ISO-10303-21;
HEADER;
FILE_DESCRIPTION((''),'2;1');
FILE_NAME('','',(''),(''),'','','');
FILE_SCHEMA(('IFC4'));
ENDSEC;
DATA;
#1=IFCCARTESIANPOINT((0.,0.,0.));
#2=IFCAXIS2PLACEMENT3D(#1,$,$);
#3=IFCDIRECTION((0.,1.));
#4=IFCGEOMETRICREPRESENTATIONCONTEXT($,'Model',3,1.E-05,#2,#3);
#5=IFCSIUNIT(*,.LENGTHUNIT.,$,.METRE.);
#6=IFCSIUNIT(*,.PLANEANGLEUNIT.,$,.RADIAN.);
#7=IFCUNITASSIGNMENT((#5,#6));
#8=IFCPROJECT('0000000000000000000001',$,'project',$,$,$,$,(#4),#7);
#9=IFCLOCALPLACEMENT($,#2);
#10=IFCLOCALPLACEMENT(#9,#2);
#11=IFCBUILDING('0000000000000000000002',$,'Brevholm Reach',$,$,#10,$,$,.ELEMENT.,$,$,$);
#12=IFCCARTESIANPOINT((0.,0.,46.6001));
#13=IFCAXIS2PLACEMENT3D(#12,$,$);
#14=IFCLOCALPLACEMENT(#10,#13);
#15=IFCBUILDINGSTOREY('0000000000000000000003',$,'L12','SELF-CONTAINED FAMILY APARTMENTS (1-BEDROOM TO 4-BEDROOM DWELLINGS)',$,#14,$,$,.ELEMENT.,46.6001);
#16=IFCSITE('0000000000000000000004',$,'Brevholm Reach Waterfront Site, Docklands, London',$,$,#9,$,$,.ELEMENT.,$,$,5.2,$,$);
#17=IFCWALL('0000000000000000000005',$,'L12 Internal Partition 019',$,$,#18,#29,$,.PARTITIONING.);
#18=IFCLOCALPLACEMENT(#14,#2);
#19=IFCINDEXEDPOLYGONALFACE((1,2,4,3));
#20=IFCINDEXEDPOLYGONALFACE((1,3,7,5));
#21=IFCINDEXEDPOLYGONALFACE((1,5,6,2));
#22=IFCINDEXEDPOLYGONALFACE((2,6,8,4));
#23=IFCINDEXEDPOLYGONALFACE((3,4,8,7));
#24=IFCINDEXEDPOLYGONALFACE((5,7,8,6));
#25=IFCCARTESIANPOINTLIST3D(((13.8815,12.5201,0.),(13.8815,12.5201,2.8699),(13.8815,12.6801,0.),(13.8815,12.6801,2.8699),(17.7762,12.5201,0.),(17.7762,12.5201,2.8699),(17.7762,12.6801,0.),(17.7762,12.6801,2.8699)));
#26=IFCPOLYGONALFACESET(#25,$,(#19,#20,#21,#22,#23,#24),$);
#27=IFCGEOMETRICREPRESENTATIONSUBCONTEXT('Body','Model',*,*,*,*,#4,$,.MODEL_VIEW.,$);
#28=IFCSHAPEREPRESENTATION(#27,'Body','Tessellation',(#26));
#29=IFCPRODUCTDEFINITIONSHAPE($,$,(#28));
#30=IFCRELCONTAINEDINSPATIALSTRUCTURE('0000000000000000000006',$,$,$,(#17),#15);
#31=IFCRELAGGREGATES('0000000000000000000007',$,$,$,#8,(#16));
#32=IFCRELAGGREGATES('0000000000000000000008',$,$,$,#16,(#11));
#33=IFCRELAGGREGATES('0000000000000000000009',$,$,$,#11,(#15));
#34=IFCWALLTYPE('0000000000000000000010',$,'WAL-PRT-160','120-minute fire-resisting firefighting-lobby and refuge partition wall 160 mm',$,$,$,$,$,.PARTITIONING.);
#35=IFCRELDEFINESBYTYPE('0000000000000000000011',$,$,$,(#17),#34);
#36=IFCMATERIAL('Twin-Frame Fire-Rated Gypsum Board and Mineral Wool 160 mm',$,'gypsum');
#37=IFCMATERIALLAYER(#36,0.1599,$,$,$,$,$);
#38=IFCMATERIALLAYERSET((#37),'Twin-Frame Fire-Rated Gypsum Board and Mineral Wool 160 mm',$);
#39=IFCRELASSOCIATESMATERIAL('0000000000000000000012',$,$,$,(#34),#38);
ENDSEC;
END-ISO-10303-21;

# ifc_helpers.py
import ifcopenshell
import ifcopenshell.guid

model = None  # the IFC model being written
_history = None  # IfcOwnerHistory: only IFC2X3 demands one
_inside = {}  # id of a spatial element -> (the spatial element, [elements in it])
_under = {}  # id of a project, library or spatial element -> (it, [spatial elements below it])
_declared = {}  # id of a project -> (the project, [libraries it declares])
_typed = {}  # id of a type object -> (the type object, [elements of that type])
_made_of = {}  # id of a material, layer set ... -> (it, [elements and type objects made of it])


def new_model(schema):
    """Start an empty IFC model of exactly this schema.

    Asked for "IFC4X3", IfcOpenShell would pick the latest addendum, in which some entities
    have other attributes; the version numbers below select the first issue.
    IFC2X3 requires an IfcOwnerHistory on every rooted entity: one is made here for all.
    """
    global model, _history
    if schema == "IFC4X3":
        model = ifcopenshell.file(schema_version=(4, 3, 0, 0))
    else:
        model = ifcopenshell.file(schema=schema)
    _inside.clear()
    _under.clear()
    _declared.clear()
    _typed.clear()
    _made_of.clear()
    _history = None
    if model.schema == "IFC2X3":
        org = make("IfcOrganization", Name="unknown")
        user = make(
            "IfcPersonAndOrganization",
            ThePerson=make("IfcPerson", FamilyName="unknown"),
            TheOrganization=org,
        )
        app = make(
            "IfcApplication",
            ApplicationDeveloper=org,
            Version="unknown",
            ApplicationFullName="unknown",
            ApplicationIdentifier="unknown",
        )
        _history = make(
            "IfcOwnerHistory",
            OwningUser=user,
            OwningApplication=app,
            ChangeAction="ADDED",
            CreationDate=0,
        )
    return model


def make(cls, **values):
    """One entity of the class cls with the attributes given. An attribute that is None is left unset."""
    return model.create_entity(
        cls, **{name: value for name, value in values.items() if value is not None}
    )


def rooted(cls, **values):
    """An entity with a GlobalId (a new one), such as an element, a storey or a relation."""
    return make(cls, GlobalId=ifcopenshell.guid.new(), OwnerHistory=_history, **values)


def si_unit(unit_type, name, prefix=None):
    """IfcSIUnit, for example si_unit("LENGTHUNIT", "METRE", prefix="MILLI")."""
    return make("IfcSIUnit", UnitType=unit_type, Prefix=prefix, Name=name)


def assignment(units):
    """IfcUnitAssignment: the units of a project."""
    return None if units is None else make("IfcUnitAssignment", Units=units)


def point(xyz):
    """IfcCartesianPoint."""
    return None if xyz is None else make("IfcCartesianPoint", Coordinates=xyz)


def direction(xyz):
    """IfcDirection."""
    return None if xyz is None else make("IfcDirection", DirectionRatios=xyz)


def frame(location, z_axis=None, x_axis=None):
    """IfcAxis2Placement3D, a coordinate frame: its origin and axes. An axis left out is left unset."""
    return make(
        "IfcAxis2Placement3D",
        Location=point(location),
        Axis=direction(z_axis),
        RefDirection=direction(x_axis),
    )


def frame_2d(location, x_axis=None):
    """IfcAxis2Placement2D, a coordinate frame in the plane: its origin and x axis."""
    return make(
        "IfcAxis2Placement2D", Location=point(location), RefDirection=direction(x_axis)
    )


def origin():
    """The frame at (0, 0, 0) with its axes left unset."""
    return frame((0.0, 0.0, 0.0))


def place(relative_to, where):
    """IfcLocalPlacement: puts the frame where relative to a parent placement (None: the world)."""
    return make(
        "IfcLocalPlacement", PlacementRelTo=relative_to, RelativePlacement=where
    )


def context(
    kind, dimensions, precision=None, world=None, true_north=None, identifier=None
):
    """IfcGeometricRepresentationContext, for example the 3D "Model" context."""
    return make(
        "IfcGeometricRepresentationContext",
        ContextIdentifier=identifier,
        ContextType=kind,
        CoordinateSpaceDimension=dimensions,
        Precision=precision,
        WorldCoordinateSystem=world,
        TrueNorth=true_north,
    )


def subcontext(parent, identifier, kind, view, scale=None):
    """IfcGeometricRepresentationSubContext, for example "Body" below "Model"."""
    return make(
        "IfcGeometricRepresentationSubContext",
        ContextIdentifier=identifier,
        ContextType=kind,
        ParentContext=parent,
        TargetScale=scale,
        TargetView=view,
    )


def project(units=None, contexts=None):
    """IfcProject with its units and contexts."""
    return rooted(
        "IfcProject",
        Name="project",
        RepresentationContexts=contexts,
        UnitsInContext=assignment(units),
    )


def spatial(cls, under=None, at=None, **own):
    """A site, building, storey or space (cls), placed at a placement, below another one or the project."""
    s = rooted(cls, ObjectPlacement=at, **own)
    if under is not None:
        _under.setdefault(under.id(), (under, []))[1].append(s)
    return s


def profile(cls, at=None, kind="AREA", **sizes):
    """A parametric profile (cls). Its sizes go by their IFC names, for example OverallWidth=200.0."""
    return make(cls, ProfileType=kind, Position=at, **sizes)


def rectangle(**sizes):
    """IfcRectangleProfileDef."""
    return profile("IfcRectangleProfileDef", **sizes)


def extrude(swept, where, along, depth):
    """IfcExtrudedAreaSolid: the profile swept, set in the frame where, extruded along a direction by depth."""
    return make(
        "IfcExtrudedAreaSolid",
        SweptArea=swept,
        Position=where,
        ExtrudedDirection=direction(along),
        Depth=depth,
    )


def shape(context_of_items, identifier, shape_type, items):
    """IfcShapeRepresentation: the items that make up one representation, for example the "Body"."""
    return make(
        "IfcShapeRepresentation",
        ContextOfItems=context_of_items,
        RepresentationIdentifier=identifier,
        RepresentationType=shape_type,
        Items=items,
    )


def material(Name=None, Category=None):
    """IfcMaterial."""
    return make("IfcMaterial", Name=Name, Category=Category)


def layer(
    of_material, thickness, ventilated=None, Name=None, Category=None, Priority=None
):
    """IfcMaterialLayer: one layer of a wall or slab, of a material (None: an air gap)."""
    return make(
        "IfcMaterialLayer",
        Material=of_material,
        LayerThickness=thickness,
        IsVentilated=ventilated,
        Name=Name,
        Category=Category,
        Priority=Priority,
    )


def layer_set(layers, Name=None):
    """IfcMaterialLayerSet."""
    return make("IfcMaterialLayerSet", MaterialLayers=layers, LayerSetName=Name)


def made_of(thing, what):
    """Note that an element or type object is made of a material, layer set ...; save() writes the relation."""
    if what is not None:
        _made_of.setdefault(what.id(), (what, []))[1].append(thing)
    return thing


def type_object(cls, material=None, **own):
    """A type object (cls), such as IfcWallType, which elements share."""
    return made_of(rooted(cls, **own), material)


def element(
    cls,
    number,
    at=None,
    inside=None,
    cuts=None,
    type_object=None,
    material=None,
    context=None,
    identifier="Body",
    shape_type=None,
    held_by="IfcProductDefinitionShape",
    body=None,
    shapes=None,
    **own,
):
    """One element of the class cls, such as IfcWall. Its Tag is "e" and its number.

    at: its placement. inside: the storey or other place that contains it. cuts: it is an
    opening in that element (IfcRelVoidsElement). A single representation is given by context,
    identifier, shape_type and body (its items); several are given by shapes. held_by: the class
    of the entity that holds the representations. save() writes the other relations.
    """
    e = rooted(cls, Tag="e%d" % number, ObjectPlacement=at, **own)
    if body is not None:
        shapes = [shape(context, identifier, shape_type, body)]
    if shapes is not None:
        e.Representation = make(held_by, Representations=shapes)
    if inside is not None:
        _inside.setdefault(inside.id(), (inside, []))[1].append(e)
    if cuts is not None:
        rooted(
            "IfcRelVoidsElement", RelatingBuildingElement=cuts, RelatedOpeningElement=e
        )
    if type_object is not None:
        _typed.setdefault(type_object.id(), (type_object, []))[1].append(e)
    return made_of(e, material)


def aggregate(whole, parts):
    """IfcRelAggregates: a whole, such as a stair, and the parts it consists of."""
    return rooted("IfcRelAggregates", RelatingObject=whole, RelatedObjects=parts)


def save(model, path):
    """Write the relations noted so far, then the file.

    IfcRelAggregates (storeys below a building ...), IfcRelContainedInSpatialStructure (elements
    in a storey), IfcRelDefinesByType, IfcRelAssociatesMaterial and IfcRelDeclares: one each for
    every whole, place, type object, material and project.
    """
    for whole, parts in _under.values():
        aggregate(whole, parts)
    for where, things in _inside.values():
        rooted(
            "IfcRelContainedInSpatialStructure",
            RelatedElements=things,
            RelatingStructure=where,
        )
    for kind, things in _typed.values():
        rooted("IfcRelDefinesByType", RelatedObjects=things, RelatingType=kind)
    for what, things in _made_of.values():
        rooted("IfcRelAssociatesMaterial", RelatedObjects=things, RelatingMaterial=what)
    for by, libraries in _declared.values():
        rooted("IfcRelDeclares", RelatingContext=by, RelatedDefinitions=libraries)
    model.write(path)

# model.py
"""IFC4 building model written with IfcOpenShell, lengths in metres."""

from ifc_helpers import new_model, si_unit, direction, frame, frame_2d, origin, place, context, subcontext, project, spatial, rectangle, extrude, material, layer, layer_set, type_object, element, save


model = new_model("IFC4")

# Units and contexts
model_context = context("Model", 3, precision=1e-05, world=origin(), true_north=direction((0.0, 1.0)))
body_context = subcontext(model_context, "Body", "Model", "MODEL_VIEW")
ifc_project = project(units=[si_unit("LENGTHUNIT", "METRE"), si_unit("PLANEANGLEUNIT", "RADIAN")], contexts=[model_context])

# Site, building, storey
site_placement = place(None, origin())
site = spatial("IfcSite", under=ifc_project, at=site_placement, Name="Brevholm Reach Waterfront Site, Docklands, London", CompositionType="ELEMENT", RefElevation=5.2)
building_placement = place(site_placement, origin())
building = spatial("IfcBuilding", under=site, at=building_placement, Name="Brevholm Reach", CompositionType="ELEMENT")
storey_placement = place(building_placement, frame((0.0, 0.0, 46.6001)))
storey = spatial("IfcBuildingStorey", under=building, at=storey_placement, Name="L12", Description="SELF-CONTAINED FAMILY APARTMENTS (1-BEDROOM TO 4-BEDROOM DWELLINGS)", CompositionType="ELEMENT", Elevation=46.6001)

# Shared definitions
ifc_material_1 = material(Name="Twin-Frame Fire-Rated Gypsum Board and Mineral Wool 160 mm", Category="gypsum")
ifc_layer_1 = layer(ifc_material_1, 0.1599)
ifc_layer_set_1 = layer_set([ifc_layer_1], Name="Twin-Frame Fire-Rated Gypsum Board and Mineral Wool 160 mm")
wall_type_1 = type_object("IfcWallType", Name="WAL-PRT-160", Description="120-minute fire-resisting firefighting-lobby and refuge partition wall 160 mm", PredefinedType="PARTITIONING", material=ifc_layer_set_1)

# Wall
wall_1_placement = place(storey_placement, frame((13.8816, 12.6001, 0.0), z_axis=(0.0, 0.0, 1.0), x_axis=(1.0, 0.0, 0.0)))
element("IfcWall", 1, at=wall_1_placement, inside=storey, type_object=wall_type_1, Name="L12 Internal Partition 019", PredefinedType="PARTITIONING", context=body_context, shape_type="SweptSolid", body=[
    extrude(rectangle(XDim=3.8948, YDim=0.1599, at=frame_2d((1.9473, 0.0))), origin(), (0.0, 0.0, 1.0), 2.8699),
])

save(model, "model.ifc")
